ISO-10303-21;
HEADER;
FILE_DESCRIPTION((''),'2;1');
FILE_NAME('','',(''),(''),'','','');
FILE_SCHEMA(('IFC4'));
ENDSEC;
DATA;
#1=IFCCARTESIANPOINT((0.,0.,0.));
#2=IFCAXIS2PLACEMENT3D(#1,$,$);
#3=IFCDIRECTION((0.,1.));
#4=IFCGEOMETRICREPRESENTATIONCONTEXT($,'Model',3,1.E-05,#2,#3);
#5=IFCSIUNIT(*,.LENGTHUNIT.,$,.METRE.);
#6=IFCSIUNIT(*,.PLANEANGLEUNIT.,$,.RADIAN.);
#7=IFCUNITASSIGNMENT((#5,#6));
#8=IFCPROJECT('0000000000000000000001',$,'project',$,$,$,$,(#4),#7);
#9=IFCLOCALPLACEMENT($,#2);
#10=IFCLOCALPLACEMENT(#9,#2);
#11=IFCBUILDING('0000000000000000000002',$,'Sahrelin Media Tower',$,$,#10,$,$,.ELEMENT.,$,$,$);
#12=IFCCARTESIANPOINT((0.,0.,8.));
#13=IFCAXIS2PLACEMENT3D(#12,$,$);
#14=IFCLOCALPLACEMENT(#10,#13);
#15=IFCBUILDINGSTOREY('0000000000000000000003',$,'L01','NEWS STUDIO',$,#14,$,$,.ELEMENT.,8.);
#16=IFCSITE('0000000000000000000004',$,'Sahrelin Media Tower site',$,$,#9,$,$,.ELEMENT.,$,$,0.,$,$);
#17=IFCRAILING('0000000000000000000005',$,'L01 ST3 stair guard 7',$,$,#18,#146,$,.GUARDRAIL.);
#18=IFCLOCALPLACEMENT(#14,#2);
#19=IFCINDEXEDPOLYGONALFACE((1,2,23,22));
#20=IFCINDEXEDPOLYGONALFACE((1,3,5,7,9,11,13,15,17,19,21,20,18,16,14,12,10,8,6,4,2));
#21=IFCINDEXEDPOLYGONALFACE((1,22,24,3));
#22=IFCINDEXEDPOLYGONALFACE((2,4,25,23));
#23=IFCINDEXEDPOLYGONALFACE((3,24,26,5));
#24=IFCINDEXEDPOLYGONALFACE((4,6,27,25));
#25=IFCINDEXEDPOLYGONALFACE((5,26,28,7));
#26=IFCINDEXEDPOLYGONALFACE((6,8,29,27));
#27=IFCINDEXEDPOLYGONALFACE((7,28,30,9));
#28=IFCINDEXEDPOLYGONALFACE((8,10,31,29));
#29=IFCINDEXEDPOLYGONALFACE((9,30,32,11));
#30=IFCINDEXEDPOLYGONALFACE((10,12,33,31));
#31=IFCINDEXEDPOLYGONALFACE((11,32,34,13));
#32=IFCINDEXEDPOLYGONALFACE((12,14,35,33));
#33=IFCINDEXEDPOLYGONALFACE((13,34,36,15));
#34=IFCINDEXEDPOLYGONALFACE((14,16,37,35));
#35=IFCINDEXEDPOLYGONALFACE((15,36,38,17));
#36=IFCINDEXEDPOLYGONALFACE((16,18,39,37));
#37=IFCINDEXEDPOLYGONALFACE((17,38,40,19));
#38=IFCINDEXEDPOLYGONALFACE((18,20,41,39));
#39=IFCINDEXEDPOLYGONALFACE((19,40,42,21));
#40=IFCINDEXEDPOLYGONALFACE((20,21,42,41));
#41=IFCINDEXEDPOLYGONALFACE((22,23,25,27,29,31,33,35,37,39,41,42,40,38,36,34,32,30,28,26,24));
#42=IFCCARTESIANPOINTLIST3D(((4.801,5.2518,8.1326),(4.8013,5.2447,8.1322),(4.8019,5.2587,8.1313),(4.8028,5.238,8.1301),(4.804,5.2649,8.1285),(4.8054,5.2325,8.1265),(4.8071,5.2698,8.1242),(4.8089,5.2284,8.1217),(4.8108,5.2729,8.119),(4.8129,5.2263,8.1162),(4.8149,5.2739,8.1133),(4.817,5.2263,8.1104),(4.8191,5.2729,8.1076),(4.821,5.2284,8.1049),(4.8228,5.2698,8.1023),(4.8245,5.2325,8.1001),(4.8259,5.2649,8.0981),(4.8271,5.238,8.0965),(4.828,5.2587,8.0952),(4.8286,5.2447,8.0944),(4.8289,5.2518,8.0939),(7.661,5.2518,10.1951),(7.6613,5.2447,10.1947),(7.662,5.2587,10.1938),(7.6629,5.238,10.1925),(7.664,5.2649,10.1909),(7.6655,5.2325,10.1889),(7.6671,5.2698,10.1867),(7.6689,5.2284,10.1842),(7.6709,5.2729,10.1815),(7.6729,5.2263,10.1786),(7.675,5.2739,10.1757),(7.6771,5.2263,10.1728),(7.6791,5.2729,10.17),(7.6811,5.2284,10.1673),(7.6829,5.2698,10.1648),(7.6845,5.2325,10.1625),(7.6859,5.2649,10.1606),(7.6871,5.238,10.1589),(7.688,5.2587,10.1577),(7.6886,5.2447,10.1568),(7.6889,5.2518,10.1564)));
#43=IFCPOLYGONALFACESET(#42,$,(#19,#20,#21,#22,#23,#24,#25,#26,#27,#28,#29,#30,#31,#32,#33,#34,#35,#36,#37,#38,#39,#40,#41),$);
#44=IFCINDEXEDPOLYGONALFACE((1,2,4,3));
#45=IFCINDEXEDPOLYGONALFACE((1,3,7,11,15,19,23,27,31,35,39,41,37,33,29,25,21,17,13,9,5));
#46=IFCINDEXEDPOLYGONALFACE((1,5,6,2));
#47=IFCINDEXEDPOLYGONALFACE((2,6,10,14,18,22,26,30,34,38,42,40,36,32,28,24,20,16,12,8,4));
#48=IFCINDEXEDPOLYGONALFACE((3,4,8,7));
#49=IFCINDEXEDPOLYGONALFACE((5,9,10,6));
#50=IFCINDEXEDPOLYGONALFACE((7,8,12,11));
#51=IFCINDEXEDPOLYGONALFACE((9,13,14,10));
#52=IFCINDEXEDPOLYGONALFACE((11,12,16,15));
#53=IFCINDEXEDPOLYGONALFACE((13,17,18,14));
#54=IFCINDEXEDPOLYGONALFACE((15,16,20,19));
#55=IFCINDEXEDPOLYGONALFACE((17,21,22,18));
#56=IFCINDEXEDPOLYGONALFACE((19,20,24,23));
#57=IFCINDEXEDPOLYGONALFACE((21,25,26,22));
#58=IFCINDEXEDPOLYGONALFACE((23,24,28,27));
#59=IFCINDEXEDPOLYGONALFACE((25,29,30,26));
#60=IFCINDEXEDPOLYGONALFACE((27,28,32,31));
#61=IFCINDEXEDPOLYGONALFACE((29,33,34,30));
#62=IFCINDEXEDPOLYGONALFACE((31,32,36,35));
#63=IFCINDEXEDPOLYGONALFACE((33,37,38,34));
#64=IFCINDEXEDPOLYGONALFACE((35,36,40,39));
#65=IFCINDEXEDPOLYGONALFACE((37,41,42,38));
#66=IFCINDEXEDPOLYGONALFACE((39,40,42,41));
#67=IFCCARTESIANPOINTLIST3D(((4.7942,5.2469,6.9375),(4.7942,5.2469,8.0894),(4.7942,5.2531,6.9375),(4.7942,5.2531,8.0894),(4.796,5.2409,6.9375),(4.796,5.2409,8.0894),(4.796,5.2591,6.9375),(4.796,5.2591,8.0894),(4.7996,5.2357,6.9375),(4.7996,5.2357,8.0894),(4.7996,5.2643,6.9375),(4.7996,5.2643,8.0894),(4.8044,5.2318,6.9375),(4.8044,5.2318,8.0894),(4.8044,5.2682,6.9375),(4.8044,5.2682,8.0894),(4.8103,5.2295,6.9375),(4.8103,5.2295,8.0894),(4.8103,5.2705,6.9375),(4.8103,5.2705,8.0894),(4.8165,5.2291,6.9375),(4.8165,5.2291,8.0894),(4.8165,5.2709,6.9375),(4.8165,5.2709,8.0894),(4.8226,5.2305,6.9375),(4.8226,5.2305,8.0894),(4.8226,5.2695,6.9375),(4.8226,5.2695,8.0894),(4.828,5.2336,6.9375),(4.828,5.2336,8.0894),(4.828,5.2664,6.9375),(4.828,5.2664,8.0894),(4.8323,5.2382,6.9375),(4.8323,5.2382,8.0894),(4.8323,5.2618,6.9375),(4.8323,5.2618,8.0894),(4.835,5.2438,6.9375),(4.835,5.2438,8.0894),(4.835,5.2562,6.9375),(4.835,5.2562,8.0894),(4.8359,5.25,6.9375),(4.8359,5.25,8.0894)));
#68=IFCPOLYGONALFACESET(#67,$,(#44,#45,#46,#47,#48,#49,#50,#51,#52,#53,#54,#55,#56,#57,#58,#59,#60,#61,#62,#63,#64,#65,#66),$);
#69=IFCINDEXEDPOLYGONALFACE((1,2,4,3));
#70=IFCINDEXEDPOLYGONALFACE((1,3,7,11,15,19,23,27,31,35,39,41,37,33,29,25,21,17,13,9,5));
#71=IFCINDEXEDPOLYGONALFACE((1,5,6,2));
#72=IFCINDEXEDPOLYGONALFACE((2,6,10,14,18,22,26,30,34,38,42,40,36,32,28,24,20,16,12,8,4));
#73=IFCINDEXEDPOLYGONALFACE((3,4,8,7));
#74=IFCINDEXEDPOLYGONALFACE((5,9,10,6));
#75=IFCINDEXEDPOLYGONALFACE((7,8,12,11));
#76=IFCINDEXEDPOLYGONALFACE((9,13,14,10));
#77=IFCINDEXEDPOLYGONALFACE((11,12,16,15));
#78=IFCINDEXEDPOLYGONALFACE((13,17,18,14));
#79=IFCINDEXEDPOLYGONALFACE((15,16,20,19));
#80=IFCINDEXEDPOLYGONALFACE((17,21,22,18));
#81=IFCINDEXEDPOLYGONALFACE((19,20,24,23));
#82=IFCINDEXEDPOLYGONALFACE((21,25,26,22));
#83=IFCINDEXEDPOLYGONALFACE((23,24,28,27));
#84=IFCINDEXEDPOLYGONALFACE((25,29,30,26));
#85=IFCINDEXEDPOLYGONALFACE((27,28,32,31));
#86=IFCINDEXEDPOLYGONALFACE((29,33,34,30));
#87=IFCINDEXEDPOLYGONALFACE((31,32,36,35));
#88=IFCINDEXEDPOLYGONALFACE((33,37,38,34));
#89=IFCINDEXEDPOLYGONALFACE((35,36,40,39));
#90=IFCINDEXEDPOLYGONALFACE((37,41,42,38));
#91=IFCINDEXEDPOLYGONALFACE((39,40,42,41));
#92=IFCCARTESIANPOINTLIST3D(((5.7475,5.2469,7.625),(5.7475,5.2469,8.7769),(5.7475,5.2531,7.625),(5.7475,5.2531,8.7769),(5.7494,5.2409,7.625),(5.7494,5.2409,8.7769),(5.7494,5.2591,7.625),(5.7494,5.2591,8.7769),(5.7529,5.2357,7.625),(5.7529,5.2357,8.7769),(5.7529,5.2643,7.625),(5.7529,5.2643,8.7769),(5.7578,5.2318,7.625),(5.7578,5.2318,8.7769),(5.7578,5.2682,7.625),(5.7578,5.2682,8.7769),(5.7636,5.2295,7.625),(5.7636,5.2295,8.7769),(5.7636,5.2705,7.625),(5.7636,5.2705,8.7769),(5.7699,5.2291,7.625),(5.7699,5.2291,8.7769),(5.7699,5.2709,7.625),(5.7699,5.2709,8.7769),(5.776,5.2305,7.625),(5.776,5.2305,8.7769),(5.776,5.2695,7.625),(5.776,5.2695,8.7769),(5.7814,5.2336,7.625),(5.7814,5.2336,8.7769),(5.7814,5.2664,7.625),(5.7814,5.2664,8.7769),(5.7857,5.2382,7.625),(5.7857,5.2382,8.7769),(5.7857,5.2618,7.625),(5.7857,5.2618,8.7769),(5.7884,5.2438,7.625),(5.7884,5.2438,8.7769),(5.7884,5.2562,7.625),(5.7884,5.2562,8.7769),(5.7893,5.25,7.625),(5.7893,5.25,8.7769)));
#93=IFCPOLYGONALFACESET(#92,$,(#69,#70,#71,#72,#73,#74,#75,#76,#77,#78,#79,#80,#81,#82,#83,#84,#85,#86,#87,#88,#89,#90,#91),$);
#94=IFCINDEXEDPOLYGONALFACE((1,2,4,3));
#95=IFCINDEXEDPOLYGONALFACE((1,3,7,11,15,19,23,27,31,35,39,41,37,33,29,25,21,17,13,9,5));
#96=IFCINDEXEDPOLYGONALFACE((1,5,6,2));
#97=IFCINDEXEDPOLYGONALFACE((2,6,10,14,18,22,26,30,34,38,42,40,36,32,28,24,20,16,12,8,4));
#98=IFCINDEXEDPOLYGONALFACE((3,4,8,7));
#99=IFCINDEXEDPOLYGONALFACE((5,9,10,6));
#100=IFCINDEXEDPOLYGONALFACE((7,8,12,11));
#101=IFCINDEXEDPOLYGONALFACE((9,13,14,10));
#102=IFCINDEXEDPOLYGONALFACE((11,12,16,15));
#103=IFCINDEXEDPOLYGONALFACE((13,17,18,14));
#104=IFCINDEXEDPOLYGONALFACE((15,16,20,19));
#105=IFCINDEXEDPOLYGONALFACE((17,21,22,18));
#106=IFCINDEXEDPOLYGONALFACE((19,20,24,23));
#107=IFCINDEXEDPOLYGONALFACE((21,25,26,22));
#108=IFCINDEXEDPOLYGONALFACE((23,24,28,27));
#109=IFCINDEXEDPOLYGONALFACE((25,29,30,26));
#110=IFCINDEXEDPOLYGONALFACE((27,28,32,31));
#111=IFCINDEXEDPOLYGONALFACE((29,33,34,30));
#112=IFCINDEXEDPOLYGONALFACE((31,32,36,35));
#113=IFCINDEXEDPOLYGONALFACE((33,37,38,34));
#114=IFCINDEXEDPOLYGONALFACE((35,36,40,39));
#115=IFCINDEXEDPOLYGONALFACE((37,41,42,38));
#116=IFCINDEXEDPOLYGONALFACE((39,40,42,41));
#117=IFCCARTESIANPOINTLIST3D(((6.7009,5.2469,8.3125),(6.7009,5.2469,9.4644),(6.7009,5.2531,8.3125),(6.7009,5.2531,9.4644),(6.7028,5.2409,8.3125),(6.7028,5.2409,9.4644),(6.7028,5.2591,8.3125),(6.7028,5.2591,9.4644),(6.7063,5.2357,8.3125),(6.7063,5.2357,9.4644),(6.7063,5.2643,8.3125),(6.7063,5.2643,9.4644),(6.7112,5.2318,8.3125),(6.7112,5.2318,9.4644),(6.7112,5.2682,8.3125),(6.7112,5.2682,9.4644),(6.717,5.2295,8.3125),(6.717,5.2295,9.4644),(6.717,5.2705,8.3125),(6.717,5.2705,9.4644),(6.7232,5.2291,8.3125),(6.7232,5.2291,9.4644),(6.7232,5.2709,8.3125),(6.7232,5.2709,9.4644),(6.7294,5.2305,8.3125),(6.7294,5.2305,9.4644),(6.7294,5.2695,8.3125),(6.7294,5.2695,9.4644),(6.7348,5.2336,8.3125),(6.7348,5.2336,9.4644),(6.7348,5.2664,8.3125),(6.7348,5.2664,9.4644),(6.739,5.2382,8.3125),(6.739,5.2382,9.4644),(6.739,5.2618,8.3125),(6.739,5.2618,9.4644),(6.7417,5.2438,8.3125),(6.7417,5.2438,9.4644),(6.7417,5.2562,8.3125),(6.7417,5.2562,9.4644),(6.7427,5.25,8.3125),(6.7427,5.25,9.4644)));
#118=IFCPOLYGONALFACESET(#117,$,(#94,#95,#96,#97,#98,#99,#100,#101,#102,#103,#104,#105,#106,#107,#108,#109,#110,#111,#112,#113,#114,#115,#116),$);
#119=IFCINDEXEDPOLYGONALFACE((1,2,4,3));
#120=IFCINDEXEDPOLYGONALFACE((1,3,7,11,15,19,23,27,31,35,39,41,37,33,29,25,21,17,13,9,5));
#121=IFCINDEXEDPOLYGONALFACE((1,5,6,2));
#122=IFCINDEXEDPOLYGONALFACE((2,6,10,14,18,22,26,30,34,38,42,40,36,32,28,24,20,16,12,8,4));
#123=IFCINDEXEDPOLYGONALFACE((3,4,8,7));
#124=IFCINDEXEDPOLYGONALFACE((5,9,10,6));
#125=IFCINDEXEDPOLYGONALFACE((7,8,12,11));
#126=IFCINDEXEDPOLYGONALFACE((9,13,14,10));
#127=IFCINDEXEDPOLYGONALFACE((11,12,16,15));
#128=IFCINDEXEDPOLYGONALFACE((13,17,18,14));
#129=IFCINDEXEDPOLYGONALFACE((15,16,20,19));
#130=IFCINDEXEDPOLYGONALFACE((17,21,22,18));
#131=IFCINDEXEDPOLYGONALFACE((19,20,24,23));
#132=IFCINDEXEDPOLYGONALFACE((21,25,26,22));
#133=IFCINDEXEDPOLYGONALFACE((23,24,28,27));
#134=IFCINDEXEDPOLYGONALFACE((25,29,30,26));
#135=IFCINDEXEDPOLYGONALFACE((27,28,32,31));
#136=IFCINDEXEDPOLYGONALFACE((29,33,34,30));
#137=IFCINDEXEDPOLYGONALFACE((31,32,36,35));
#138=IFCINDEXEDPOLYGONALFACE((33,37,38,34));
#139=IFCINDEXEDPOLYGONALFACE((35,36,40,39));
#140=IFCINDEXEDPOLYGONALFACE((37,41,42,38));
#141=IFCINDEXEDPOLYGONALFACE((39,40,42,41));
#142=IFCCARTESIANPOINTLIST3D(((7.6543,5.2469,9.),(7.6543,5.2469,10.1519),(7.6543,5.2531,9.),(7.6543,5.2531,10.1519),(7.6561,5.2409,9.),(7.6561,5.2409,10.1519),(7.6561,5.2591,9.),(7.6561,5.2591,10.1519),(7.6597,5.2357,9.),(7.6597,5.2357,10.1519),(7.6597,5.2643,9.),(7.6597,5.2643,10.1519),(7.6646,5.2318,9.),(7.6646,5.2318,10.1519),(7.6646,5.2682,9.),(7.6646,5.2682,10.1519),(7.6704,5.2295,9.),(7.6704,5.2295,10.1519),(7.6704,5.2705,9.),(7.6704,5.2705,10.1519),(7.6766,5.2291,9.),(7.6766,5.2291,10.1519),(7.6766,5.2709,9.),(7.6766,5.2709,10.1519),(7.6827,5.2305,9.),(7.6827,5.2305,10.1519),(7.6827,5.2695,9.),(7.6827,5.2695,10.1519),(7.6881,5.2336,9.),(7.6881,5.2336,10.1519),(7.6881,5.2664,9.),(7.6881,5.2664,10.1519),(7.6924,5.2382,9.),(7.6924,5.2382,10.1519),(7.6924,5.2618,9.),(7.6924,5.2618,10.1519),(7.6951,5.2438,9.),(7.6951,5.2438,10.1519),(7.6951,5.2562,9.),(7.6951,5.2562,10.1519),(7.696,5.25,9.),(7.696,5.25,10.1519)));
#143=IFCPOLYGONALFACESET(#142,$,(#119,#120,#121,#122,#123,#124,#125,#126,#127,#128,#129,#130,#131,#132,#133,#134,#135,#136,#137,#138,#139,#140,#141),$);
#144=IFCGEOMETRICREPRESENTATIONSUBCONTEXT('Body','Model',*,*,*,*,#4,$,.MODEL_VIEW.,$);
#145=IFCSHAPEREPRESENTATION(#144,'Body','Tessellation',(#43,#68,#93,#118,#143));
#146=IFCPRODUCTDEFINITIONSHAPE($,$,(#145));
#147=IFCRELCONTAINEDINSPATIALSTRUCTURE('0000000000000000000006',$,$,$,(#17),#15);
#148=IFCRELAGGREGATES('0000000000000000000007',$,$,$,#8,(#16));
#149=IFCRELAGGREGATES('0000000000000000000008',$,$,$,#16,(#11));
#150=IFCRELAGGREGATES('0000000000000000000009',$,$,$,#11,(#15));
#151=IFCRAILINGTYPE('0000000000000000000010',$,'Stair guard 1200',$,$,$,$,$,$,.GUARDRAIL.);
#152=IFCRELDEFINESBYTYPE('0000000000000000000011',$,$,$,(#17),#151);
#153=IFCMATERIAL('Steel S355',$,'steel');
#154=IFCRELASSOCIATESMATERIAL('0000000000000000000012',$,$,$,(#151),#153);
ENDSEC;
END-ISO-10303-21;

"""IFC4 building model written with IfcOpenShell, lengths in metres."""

from ifc_helpers import new_model, si_unit, direction, frame, origin, origin_2d, place, context, subcontext, project, spatial, circle, extrude, material, type_object, element, save


model = new_model("IFC4")

# Units and contexts
model_context = context("Model", 3, precision=1e-05, world=origin(), true_north=direction((0.0, 1.0)))
body_context = subcontext(model_context, "Body", "Model", "MODEL_VIEW")
ifc_project = project(units=[si_unit("LENGTHUNIT", "METRE"), si_unit("PLANEANGLEUNIT", "RADIAN")], contexts=[model_context])

# Site, building, storey
site_placement = place(None, origin())
site = spatial("IfcSite", under=ifc_project, at=site_placement, Name="Sahrelin Media Tower site", CompositionType="ELEMENT", RefElevation=0.0)
building_placement = place(site_placement, origin())
building = spatial("IfcBuilding", under=site, at=building_placement, Name="Sahrelin Media Tower", CompositionType="ELEMENT")
storey_placement = place(building_placement, frame((0.0, 0.0, 8.0)))
storey = spatial("IfcBuildingStorey", under=building, at=storey_placement, Name="L01", Description="NEWS STUDIO", CompositionType="ELEMENT", Elevation=8.0)

# Shared definitions
ifc_material_1 = material(Name="Steel S355", Category="steel")

# Railing
railing_type_1 = type_object("IfcRailingType", Name="Stair guard 1200", PredefinedType="GUARDRAIL", material=ifc_material_1)
railing_1_placement = place(storey_placement, frame((4.8149, 5.25, 6.9375)))
element("IfcRailing", 1, at=railing_1_placement, inside=storey, type_object=railing_type_1, Name="L01 ST3 stair guard 7", PredefinedType="GUARDRAIL", context=body_context, shape_type="SweptSolid", body=[
    extrude(circle(Radius=0.0239, at=origin_2d()), frame((0.0, 0.0, 1.1758), z_axis=(0.811101, 0.0, 0.584906), x_axis=(0.0, 1.0, 0.0)), (0.0, 0.0, 1.0), 3.5261),
    extrude(circle(Radius=0.021, at=origin_2d()), origin(), (0.0, 0.0, 1.0), 1.1519),
    extrude(circle(Radius=0.021, at=origin_2d()), frame((0.9534, 0.0, 0.6875)), (0.0, 0.0, 1.0), 1.1519),
    extrude(circle(Radius=0.021, at=origin_2d()), frame((1.9067, 0.0, 1.375)), (0.0, 0.0, 1.0), 1.1519),
    extrude(circle(Radius=0.021, at=origin_2d()), frame((2.8601, 0.0, 2.0625)), (0.0, 0.0, 1.0), 1.1519),
])

save(model, "model.ifc")
